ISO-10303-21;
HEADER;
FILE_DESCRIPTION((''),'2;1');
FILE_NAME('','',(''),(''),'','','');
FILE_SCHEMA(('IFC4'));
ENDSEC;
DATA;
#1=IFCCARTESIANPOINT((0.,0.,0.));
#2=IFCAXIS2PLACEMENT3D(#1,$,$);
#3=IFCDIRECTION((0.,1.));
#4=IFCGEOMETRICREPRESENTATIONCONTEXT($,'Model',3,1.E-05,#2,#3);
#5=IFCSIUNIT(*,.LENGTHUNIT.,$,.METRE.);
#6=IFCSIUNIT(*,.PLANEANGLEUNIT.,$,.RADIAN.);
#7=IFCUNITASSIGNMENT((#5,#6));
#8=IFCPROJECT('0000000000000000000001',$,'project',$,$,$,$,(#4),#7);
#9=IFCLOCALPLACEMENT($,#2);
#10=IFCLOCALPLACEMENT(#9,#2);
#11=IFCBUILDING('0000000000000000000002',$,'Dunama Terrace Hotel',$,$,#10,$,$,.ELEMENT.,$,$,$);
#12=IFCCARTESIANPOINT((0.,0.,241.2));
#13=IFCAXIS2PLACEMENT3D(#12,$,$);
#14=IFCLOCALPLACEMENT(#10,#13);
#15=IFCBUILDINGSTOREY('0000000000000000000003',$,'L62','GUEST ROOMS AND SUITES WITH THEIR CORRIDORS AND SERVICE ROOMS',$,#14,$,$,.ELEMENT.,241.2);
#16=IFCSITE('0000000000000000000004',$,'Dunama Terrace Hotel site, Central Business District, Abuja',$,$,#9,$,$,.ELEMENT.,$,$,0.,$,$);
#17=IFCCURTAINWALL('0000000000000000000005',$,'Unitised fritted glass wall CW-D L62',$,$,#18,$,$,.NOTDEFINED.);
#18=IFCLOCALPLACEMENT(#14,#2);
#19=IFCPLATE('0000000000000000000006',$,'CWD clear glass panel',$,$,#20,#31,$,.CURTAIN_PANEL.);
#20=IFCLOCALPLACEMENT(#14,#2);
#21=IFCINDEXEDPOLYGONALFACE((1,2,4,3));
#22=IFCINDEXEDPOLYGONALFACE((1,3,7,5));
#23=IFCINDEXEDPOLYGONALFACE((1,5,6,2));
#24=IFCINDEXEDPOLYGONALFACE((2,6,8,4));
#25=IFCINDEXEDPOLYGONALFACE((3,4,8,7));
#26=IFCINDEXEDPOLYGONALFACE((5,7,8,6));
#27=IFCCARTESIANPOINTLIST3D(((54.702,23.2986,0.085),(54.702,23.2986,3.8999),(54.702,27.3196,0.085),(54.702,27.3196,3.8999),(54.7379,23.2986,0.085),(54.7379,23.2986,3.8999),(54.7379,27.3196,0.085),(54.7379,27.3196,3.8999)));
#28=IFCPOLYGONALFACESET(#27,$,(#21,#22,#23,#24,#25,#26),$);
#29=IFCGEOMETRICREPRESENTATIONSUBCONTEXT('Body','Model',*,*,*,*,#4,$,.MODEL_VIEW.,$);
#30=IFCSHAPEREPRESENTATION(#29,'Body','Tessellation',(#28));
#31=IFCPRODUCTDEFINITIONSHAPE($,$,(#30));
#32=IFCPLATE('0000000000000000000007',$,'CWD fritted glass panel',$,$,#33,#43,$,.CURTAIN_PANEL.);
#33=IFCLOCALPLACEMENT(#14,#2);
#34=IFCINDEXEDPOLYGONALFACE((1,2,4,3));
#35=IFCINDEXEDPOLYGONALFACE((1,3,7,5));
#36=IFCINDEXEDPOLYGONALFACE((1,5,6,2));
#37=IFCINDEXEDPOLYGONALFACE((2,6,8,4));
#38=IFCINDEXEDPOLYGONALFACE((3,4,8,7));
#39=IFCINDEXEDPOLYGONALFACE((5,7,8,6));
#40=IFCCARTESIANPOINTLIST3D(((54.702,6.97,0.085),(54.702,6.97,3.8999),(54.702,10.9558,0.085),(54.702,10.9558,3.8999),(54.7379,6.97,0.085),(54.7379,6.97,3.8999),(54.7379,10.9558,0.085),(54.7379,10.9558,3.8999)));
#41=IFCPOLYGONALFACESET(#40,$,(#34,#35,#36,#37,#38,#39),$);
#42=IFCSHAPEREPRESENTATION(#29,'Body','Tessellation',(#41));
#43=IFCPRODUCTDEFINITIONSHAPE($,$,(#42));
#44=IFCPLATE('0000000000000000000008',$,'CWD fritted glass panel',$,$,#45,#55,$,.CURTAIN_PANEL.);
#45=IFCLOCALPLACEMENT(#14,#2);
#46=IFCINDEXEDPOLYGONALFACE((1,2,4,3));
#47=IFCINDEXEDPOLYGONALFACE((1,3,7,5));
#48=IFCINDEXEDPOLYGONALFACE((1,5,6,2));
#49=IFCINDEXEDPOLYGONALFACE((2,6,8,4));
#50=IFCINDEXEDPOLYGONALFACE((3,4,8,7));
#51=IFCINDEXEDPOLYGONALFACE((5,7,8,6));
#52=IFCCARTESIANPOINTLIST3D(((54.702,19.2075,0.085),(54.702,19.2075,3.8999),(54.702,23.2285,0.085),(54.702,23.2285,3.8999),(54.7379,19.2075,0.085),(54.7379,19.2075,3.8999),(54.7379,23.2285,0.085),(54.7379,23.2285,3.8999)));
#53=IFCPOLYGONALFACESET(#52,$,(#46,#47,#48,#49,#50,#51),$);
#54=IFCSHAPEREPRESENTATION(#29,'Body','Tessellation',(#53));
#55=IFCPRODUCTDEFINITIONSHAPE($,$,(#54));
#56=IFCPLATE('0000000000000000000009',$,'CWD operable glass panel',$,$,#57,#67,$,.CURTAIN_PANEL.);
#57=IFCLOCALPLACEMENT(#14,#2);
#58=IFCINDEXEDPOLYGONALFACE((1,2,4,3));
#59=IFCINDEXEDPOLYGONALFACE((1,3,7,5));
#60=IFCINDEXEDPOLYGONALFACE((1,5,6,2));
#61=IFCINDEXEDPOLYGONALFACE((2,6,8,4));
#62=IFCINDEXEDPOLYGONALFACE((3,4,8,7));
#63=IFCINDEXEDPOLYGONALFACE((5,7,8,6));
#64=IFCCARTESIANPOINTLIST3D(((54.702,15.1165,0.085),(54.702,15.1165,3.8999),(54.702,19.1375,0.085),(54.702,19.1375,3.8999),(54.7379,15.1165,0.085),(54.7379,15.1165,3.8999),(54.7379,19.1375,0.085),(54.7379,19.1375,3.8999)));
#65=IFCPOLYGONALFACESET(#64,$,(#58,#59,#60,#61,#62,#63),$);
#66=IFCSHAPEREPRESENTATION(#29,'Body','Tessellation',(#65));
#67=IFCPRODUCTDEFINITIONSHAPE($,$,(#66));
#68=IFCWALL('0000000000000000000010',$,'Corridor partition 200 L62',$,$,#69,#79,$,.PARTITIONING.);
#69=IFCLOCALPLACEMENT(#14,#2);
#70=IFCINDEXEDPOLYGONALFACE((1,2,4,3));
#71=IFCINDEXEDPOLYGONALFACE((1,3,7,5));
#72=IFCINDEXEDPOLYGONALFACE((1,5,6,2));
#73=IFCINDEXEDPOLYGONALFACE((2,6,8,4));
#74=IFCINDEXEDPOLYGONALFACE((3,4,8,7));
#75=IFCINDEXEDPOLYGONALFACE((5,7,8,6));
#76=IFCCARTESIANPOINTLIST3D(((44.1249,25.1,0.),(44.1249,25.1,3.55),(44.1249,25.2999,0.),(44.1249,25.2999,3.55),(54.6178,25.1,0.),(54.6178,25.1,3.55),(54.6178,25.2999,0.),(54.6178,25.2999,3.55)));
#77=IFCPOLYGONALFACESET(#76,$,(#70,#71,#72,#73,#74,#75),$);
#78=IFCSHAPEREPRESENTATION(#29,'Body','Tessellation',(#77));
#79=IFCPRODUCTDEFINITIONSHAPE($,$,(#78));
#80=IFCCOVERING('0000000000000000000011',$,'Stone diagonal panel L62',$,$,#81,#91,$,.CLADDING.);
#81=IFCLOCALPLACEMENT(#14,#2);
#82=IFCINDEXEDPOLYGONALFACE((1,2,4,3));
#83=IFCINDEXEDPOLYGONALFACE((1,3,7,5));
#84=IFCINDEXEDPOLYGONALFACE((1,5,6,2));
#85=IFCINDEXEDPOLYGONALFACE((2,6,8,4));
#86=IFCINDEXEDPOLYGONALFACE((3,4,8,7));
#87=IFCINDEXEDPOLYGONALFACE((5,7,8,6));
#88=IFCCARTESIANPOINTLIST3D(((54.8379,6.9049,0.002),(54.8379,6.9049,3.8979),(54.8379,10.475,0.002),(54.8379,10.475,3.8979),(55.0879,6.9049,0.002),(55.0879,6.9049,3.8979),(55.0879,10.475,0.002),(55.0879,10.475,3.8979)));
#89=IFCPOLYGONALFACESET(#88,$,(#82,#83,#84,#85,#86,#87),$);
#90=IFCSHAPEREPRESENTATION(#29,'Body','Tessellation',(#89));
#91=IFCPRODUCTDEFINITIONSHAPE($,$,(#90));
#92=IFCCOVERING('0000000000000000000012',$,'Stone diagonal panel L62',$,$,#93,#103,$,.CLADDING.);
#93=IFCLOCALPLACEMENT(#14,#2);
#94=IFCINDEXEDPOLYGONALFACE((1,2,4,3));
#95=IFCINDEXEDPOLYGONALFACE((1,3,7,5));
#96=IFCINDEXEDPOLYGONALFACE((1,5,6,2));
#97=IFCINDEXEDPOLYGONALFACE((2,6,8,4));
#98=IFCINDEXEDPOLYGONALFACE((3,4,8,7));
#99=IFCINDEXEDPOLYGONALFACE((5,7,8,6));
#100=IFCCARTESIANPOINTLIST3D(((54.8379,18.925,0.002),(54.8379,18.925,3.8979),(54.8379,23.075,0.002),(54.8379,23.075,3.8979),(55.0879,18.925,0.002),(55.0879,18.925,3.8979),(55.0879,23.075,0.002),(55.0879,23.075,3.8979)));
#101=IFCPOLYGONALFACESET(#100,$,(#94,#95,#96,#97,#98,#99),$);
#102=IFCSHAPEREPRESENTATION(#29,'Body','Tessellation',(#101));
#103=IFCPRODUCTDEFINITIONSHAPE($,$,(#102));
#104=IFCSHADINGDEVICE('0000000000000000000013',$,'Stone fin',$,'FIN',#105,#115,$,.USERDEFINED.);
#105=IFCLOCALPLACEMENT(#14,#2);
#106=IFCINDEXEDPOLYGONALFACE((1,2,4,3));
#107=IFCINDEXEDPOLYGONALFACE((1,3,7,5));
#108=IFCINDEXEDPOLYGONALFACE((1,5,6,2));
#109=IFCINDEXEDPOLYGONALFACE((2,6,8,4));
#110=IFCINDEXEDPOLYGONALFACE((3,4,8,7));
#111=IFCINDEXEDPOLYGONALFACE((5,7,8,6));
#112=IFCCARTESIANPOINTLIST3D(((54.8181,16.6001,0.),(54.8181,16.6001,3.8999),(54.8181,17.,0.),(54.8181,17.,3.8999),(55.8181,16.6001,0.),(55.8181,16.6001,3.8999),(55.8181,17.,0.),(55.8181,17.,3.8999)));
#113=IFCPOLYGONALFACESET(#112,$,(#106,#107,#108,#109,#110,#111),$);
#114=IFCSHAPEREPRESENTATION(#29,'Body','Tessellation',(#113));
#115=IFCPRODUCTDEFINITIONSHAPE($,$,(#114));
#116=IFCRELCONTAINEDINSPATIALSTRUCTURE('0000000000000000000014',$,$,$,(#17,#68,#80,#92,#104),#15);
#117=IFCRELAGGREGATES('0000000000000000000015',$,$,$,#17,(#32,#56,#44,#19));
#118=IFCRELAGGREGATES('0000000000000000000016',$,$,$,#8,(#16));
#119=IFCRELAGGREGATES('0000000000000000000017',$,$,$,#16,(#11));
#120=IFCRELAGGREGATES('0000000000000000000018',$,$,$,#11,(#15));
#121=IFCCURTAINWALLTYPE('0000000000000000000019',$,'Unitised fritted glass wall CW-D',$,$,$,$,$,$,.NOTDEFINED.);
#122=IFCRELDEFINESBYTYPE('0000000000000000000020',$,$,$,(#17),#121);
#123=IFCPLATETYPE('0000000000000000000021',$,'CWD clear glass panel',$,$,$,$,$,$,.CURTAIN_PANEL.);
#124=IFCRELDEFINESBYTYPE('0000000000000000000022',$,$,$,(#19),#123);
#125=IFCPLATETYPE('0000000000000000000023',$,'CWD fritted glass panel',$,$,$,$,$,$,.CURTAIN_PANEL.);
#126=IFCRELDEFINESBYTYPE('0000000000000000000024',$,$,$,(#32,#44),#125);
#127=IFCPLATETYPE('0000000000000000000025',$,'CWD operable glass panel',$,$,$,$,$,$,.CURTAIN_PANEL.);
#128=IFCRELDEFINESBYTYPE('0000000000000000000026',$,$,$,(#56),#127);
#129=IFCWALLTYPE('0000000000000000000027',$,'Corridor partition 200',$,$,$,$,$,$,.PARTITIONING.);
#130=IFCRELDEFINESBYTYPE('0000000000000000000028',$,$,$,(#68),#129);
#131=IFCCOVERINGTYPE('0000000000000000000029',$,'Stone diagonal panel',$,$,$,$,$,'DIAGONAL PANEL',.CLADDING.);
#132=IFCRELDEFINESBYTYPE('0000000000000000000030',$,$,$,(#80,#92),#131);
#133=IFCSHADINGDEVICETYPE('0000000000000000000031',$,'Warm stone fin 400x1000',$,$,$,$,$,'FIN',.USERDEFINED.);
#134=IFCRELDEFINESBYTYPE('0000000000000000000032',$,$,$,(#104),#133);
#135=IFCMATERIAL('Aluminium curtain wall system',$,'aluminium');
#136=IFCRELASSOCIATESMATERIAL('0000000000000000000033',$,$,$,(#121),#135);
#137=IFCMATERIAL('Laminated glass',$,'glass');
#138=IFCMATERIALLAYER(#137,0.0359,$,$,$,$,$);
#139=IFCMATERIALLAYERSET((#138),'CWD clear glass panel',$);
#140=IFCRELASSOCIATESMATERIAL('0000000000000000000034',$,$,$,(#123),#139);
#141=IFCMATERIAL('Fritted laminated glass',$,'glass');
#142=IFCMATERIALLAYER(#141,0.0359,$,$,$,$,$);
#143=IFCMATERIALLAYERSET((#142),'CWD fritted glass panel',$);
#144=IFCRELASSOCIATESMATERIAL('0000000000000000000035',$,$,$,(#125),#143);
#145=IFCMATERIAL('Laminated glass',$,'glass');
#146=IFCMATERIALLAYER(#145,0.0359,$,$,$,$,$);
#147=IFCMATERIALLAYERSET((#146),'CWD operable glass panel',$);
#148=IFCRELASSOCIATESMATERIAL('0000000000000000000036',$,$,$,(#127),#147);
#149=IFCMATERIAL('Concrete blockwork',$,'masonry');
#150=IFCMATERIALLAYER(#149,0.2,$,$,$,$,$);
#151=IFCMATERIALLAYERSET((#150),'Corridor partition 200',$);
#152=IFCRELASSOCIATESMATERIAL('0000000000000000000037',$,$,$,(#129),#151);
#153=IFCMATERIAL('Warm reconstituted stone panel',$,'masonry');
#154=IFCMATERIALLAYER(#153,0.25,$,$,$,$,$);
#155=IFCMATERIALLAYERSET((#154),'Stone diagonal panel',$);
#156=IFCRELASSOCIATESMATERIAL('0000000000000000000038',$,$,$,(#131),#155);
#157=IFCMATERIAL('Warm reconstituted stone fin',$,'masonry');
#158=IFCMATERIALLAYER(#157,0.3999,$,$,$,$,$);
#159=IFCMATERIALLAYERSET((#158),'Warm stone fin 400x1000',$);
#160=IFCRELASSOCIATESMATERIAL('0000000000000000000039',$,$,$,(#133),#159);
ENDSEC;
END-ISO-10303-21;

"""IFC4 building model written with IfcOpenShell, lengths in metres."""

from ifc_helpers import new_model, si_unit, direction, frame, frame_2d, origin, origin_2d, place, context, subcontext, project, spatial, rectangle, extrude, material, layer, layer_set, type_object, element, aggregate, save


model = new_model("IFC4")

# Units and contexts
model_context = context("Model", 3, precision=1e-05, world=origin(), true_north=direction((0.0, 1.0)))
body_context = subcontext(model_context, "Body", "Model", "MODEL_VIEW")
ifc_project = project(units=[si_unit("LENGTHUNIT", "METRE"), si_unit("PLANEANGLEUNIT", "RADIAN")], contexts=[model_context])

# Site, building, storey
site_placement = place(None, origin())
site = spatial("IfcSite", under=ifc_project, at=site_placement, Name="Dunama Terrace Hotel site, Central Business District, Abuja", CompositionType="ELEMENT", RefElevation=0.0)
building_placement = place(site_placement, origin())
building = spatial("IfcBuilding", under=site, at=building_placement, Name="Dunama Terrace Hotel", CompositionType="ELEMENT")
storey_placement = place(building_placement, frame((0.0, 0.0, 241.2)))
storey = spatial("IfcBuildingStorey", under=building, at=storey_placement, Name="L62", Description="GUEST ROOMS AND SUITES WITH THEIR CORRIDORS AND SERVICE ROOMS", CompositionType="ELEMENT", Elevation=241.2)

# Curtain wall
ifc_material_1 = material(Name="Aluminium curtain wall system", Category="aluminium")
curtain_wall_type = type_object("IfcCurtainWallType", Name="Unitised fritted glass wall CW-D", PredefinedType="NOTDEFINED", material=ifc_material_1)
curtain_wall_placement = place(storey_placement, origin())
curtain_wall = element("IfcCurtainWall", 1, at=curtain_wall_placement, inside=storey, type_object=curtain_wall_type, Name="Unitised fritted glass wall CW-D L62", PredefinedType="NOTDEFINED")

# Plates
ifc_material_2 = material(Name="Laminated glass", Category="glass")
ifc_layer_1 = layer(ifc_material_2, 0.0359)
ifc_layer_set_1 = layer_set([ifc_layer_1], Name="CWD clear glass panel")
plate_type_1 = type_object("IfcPlateType", Name="CWD clear glass panel", PredefinedType="CURTAIN_PANEL", material=ifc_layer_set_1)
plate_1_placement = place(storey_placement, frame((54.72, 25.3091, 0.085), z_axis=(0.0, 0.0, 1.0), x_axis=(0.0, 1.0, 0.0)))
plate_1 = element("IfcPlate", 2, at=plate_1_placement, type_object=plate_type_1, Name="CWD clear glass panel", PredefinedType="CURTAIN_PANEL", context=body_context, shape_type="SweptSolid", body=[
    extrude(rectangle(XDim=4.021, YDim=0.0359, at=origin_2d()), origin(), (0.0, 0.0, 1.0), 3.8149),
])
ifc_material_3 = material(Name="Fritted laminated glass", Category="glass")
ifc_layer_2 = layer(ifc_material_3, 0.0359)
ifc_layer_set_2 = layer_set([ifc_layer_2], Name="CWD fritted glass panel")
plate_type_2 = type_object("IfcPlateType", Name="CWD fritted glass panel", PredefinedType="CURTAIN_PANEL", material=ifc_layer_set_2)
plate_2_placement = place(storey_placement, frame((54.72, 8.9629, 0.085), z_axis=(0.0, 0.0, 1.0), x_axis=(0.0, 1.0, 0.0)))
plate_2 = element("IfcPlate", 3, at=plate_2_placement, type_object=plate_type_2, Name="CWD fritted glass panel", PredefinedType="CURTAIN_PANEL", context=body_context, shape_type="SweptSolid", body=[
    extrude(rectangle(XDim=3.9858, YDim=0.0359, at=origin_2d()), origin(), (0.0, 0.0, 1.0), 3.8149),
])
plate_3_placement = place(storey_placement, frame((54.72, 21.218, 0.085), z_axis=(0.0, 0.0, 1.0), x_axis=(0.0, 1.0, 0.0)))
plate_3 = element("IfcPlate", 4, at=plate_3_placement, type_object=plate_type_2, Name="CWD fritted glass panel", PredefinedType="CURTAIN_PANEL", context=body_context, shape_type="SweptSolid", body=[
    extrude(rectangle(XDim=4.021, YDim=0.0359, at=origin_2d()), origin(), (0.0, 0.0, 1.0), 3.8149),
])
ifc_material_4 = material(Name="Laminated glass", Category="glass")
ifc_layer_3 = layer(ifc_material_4, 0.0359)
ifc_layer_set_3 = layer_set([ifc_layer_3], Name="CWD operable glass panel")
plate_type_3 = type_object("IfcPlateType", Name="CWD operable glass panel", PredefinedType="CURTAIN_PANEL", material=ifc_layer_set_3)
plate_4_placement = place(storey_placement, frame((54.72, 17.127, 0.085), z_axis=(0.0, 0.0, 1.0), x_axis=(0.0, 1.0, 0.0)))
plate_4 = element("IfcPlate", 5, at=plate_4_placement, type_object=plate_type_3, Name="CWD operable glass panel", PredefinedType="CURTAIN_PANEL", context=body_context, shape_type="SweptSolid", body=[
    extrude(rectangle(XDim=4.021, YDim=0.0359, at=origin_2d()), origin(), (0.0, 0.0, 1.0), 3.8149),
])
aggregate(curtain_wall, [plate_2, plate_4, plate_3, plate_1])

# Wall
ifc_material_5 = material(Name="Concrete blockwork", Category="masonry")
ifc_layer_4 = layer(ifc_material_5, 0.2)
ifc_layer_set_4 = layer_set([ifc_layer_4], Name="Corridor partition 200")
wall_type = type_object("IfcWallType", Name="Corridor partition 200", PredefinedType="PARTITIONING", material=ifc_layer_set_4)
wall_placement = place(storey_placement, frame((54.6179, 25.2, 0.0), z_axis=(0.0, 0.0, 1.0), x_axis=(-1.0, 0.0, 0.0)))
element("IfcWall", 6, at=wall_placement, inside=storey, type_object=wall_type, Name="Corridor partition 200 L62", PredefinedType="PARTITIONING", context=body_context, shape_type="SweptSolid", body=[
    extrude(rectangle(XDim=10.4929, YDim=0.2, at=frame_2d((5.2466, 0.0))), origin(), (0.0, 0.0, 1.0), 3.55),
])

# Coverings
ifc_material_6 = material(Name="Warm reconstituted stone panel", Category="masonry")
ifc_layer_5 = layer(ifc_material_6, 0.25)
ifc_layer_set_5 = layer_set([ifc_layer_5], Name="Stone diagonal panel")
covering_type = type_object("IfcCoveringType", Name="Stone diagonal panel", ElementType="DIAGONAL PANEL", PredefinedType="CLADDING", material=ifc_layer_set_5)
covering_1_placement = place(storey_placement, frame((54.9629, 8.6899, 0.002), z_axis=(0.0, 0.0, 1.0), x_axis=(0.0, 1.0, 0.0)))
element("IfcCovering", 7, at=covering_1_placement, inside=storey, type_object=covering_type, Name="Stone diagonal panel L62", PredefinedType="CLADDING", context=body_context, shape_type="SweptSolid", body=[
    extrude(rectangle(XDim=3.5701, YDim=0.25, at=origin_2d()), origin(), (0.0, 0.0, 1.0), 3.896),
])
covering_2_placement = place(storey_placement, frame((54.9629, 21.0, 0.002), z_axis=(0.0, 0.0, 1.0), x_axis=(0.0, 1.0, 0.0)))
element("IfcCovering", 8, at=covering_2_placement, inside=storey, type_object=covering_type, Name="Stone diagonal panel L62", PredefinedType="CLADDING", context=body_context, shape_type="SweptSolid", body=[
    extrude(rectangle(XDim=4.1499, YDim=0.25, at=origin_2d()), origin(), (0.0, 0.0, 1.0), 3.896),
])

# Shading device
ifc_material_7 = material(Name="Warm reconstituted stone fin", Category="masonry")
ifc_layer_6 = layer(ifc_material_7, 0.3999)
ifc_layer_set_6 = layer_set([ifc_layer_6], Name="Warm stone fin 400x1000")
shading_device_type = type_object("IfcShadingDeviceType", Name="Warm stone fin 400x1000", ElementType="FIN", PredefinedType="USERDEFINED", material=ifc_layer_set_6)
shading_device_placement = place(storey_placement, frame((55.3181, 16.8, 0.0), z_axis=(0.0, 0.0, 1.0), x_axis=(0.0, 1.0, 0.0)))
element("IfcShadingDevice", 9, at=shading_device_placement, inside=storey, type_object=shading_device_type, Name="Stone fin", ObjectType="FIN", PredefinedType="USERDEFINED", context=body_context, shape_type="SweptSolid", body=[
    extrude(rectangle(XDim=0.3999, YDim=1.0, at=origin_2d()), origin(), (0.0, 0.0, 1.0), 3.8999),
])

save(model, "model.ifc")
